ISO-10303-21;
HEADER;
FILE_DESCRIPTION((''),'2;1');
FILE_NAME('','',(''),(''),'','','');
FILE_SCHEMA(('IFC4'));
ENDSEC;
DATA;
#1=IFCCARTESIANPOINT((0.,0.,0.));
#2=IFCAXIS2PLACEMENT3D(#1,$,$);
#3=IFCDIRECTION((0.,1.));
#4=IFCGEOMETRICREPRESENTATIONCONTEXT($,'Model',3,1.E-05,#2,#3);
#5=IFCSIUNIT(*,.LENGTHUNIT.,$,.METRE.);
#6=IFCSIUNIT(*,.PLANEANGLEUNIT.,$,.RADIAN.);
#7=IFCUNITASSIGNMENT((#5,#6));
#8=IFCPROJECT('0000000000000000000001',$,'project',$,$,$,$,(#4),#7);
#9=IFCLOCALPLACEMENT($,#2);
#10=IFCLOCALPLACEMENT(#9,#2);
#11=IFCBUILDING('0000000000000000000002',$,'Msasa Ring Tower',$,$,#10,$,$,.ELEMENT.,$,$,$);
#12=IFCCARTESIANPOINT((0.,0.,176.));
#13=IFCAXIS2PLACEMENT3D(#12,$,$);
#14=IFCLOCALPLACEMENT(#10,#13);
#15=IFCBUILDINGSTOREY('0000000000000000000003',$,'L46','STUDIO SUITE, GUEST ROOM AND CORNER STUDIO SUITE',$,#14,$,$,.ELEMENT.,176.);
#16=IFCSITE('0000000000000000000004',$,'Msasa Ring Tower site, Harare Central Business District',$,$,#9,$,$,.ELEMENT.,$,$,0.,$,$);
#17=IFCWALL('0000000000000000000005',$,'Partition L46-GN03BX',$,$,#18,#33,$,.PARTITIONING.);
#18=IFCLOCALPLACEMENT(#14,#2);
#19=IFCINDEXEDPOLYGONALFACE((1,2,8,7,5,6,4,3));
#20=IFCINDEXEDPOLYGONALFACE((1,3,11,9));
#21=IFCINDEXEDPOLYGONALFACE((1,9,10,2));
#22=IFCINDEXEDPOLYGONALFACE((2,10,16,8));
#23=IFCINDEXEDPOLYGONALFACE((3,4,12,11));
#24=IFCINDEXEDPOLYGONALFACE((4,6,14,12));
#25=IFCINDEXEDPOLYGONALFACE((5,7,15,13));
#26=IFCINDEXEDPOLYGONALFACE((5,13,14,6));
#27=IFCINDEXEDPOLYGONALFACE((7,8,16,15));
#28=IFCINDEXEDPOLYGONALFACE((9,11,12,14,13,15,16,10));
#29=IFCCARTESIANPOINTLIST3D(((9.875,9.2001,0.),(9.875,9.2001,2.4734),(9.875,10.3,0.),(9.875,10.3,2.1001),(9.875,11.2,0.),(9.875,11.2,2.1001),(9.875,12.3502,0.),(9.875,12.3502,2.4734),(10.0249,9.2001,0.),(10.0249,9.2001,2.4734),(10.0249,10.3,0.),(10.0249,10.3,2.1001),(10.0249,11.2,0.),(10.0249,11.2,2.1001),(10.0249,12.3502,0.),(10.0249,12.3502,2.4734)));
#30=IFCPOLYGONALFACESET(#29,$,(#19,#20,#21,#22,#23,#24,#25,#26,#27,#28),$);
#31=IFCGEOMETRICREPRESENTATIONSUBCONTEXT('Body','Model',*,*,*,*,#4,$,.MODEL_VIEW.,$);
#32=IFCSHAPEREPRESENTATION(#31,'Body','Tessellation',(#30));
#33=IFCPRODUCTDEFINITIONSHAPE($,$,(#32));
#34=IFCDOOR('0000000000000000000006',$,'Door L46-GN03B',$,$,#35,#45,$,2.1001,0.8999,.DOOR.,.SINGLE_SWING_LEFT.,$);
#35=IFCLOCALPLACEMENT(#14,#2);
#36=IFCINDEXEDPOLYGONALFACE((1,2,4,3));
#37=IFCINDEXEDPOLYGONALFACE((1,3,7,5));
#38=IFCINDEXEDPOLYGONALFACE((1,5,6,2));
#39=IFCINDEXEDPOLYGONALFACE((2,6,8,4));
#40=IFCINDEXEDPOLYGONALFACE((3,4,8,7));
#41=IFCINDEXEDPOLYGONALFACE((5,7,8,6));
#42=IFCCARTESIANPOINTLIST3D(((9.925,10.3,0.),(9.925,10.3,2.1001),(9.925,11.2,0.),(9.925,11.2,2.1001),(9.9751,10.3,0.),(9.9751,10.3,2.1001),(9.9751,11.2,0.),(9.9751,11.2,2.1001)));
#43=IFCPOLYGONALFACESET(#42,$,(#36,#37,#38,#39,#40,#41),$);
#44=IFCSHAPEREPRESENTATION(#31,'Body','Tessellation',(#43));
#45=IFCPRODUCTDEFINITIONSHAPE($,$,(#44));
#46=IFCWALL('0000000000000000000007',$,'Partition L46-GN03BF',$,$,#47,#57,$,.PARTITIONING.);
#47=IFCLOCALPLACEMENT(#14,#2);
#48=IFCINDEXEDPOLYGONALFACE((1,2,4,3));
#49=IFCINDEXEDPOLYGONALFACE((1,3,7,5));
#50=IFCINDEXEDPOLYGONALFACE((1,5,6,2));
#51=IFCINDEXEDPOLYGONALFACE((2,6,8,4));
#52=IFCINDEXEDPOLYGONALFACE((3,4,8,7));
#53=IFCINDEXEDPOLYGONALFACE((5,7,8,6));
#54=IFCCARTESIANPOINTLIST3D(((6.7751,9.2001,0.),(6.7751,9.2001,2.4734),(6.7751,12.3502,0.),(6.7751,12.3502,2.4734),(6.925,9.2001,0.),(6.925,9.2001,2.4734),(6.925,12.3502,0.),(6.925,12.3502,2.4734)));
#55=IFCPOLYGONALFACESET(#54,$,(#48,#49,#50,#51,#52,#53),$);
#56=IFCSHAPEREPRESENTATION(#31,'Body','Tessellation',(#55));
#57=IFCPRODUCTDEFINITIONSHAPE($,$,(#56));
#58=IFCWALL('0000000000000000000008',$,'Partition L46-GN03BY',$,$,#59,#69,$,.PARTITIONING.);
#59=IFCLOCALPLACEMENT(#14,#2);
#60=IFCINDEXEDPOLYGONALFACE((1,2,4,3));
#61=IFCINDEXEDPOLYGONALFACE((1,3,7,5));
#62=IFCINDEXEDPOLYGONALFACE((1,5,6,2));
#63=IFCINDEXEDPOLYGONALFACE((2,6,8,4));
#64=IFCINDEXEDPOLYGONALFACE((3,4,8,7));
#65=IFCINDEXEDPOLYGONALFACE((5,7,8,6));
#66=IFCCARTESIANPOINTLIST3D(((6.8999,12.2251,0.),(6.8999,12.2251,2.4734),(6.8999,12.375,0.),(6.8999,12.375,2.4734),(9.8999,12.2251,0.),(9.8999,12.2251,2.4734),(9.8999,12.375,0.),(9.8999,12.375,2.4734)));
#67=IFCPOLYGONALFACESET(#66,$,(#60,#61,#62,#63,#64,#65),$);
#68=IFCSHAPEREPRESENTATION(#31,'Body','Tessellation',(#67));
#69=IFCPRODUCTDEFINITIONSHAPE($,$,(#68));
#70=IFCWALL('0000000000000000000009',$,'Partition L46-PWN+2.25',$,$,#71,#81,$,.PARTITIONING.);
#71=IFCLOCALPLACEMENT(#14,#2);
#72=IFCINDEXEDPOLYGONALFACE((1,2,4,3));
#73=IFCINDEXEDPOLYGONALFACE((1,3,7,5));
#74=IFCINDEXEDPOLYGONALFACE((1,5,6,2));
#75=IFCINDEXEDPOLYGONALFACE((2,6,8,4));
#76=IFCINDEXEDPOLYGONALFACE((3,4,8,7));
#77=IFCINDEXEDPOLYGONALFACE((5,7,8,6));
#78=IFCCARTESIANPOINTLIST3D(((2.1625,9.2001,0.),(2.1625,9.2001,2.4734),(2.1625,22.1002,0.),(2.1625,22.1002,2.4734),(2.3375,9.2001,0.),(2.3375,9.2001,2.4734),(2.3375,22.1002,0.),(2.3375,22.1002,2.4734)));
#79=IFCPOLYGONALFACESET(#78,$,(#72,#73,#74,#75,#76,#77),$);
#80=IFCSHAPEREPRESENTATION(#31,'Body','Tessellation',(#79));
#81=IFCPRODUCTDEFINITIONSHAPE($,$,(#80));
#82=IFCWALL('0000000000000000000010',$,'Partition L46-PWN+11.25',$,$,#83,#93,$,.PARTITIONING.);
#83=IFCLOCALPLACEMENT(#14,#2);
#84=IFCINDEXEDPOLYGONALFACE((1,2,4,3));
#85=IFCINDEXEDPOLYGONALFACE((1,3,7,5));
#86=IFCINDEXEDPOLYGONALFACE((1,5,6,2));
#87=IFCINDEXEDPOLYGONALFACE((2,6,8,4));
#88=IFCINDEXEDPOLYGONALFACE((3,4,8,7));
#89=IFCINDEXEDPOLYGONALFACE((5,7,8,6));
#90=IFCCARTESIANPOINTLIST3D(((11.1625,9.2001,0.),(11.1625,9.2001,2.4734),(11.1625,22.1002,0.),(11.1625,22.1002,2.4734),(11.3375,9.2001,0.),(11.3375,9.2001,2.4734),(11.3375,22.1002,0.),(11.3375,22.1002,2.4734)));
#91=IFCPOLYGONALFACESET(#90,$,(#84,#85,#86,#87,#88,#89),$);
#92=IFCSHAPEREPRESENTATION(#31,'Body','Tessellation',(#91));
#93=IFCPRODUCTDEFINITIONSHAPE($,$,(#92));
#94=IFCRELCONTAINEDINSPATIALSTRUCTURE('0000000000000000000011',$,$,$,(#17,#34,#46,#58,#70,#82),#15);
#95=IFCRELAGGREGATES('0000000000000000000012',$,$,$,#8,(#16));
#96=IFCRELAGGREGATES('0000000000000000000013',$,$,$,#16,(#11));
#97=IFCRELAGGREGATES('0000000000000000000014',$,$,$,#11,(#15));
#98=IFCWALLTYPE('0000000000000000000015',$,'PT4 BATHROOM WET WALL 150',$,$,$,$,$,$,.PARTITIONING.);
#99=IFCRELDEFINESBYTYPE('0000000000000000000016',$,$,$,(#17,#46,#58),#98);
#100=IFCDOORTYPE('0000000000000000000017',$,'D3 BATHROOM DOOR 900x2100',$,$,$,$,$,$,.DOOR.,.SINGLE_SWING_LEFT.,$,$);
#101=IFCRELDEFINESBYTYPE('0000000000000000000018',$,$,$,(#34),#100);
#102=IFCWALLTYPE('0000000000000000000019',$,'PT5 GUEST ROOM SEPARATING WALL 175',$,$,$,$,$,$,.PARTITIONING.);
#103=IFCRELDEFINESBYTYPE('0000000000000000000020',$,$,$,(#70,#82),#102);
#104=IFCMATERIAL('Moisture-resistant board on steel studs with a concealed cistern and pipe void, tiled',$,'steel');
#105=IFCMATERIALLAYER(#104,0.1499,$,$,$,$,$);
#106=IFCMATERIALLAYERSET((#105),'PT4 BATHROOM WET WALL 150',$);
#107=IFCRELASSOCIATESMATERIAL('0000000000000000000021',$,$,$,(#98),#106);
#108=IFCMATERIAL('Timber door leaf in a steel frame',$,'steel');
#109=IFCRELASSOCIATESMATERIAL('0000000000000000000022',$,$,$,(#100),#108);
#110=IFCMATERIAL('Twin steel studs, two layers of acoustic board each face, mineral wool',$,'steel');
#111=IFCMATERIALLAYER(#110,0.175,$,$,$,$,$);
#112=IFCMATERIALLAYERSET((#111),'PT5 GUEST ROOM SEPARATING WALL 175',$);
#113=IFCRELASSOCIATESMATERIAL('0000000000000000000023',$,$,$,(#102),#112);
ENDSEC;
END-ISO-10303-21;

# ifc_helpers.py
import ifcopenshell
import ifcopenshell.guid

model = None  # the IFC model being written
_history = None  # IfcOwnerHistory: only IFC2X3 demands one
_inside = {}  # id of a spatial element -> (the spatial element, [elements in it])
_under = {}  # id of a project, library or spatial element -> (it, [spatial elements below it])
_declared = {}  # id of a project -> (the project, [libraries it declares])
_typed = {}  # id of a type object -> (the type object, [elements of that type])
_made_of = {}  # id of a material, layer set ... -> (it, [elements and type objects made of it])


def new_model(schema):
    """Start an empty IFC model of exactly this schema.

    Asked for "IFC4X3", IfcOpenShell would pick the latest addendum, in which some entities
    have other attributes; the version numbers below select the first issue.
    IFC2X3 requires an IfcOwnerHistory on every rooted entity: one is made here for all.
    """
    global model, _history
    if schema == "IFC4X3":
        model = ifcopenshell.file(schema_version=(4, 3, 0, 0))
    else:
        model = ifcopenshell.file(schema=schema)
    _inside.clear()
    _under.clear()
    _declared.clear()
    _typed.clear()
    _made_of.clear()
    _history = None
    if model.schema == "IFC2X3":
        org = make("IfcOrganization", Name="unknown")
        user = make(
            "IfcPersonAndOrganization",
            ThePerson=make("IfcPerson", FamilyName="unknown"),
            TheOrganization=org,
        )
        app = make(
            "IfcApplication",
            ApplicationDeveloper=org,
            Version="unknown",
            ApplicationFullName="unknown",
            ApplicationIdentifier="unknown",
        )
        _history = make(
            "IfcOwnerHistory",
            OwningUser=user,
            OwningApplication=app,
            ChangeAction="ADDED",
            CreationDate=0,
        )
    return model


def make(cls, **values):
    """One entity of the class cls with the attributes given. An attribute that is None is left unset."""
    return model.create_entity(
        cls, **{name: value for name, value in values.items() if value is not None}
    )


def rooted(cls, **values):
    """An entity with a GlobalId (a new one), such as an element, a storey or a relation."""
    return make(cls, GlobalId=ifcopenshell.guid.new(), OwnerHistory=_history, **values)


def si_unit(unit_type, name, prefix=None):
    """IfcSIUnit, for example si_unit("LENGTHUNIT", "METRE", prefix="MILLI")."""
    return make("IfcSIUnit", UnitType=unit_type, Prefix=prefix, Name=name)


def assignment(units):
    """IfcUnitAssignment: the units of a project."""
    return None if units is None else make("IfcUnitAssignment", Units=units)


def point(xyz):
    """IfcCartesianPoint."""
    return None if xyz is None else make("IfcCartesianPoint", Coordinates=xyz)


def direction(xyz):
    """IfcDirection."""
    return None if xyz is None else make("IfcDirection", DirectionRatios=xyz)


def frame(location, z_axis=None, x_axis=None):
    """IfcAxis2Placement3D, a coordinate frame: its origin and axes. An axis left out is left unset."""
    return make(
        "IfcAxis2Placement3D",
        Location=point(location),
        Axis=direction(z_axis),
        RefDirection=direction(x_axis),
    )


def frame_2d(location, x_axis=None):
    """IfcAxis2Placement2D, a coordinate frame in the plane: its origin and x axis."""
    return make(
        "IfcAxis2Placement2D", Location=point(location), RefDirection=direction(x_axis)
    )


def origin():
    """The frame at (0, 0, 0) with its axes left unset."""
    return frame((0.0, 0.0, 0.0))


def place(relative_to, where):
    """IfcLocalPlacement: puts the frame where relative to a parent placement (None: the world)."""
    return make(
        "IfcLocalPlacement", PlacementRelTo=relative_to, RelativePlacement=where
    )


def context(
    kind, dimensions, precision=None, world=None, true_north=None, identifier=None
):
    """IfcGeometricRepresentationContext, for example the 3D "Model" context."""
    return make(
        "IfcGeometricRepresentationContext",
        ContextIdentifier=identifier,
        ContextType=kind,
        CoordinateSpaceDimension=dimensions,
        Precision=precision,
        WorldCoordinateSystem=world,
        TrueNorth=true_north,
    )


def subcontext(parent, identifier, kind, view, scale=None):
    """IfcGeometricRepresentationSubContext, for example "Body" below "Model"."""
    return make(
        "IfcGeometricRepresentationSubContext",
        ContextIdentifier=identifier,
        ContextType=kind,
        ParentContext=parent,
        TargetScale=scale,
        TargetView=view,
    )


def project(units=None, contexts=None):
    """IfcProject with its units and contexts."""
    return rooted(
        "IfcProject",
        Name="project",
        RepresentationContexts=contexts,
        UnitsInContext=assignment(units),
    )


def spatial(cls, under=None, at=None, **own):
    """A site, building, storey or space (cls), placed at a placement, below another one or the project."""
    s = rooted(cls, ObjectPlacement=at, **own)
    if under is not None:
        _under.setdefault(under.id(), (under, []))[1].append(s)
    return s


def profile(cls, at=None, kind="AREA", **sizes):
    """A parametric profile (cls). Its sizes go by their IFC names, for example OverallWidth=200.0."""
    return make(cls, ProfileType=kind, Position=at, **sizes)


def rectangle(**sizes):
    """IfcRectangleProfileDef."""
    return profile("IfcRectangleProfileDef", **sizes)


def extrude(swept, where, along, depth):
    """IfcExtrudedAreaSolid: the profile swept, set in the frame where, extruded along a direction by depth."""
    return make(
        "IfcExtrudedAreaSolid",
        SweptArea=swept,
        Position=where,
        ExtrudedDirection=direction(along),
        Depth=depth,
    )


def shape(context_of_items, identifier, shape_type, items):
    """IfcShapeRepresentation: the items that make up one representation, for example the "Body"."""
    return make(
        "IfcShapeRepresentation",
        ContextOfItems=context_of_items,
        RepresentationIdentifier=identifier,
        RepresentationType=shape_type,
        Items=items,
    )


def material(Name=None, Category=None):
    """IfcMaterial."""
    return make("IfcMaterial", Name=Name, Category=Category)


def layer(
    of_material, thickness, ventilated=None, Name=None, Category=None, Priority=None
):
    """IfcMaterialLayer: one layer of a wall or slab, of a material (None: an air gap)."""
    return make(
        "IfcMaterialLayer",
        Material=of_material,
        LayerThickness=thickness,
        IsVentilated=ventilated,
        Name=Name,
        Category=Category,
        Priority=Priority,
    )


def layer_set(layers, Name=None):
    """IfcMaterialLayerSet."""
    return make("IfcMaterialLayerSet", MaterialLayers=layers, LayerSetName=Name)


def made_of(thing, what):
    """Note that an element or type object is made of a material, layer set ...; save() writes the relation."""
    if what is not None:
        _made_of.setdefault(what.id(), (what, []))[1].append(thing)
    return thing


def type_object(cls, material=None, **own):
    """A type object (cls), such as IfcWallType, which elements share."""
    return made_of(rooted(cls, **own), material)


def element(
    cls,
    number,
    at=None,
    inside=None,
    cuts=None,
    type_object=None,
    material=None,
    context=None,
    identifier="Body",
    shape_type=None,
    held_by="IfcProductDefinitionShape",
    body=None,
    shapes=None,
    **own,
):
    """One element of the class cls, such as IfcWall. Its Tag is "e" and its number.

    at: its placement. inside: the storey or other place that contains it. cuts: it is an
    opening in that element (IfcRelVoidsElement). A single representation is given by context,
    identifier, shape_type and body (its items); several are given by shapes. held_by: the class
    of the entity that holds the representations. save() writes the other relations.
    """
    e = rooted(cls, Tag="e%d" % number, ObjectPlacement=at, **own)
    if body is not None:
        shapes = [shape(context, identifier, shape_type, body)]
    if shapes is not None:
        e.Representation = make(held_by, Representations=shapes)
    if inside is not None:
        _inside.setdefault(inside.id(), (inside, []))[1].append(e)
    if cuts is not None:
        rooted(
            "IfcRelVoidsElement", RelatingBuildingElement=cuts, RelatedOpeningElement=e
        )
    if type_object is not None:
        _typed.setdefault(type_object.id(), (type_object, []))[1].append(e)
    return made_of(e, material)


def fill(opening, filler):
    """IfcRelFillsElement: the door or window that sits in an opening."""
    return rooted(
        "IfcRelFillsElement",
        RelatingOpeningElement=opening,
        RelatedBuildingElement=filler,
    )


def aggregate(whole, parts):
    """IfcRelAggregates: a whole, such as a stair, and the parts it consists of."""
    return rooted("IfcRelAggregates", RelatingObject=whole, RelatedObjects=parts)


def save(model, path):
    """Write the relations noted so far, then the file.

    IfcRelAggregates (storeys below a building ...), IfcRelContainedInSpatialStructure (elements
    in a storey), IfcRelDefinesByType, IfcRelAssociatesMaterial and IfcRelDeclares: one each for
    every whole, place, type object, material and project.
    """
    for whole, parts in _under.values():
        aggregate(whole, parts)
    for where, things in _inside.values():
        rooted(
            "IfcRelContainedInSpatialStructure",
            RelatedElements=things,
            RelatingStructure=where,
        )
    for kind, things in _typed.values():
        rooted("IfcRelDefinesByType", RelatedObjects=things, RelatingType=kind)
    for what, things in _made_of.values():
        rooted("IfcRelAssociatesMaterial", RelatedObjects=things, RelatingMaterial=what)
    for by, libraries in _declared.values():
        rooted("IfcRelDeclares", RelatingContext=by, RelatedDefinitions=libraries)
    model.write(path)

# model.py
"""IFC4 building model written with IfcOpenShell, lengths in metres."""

from ifc_helpers import new_model, si_unit, direction, frame, frame_2d, origin, place, context, subcontext, project, spatial, rectangle, extrude, material, layer, layer_set, type_object, element, fill, save


model = new_model("IFC4")

# Units and contexts
model_context = context("Model", 3, precision=1e-05, world=origin(), true_north=direction((0.0, 1.0)))
body_context = subcontext(model_context, "Body", "Model", "MODEL_VIEW")
ifc_project = project(units=[si_unit("LENGTHUNIT", "METRE"), si_unit("PLANEANGLEUNIT", "RADIAN")], contexts=[model_context])

# Site, building, storey
site_placement = place(None, origin())
site = spatial("IfcSite", under=ifc_project, at=site_placement, Name="Msasa Ring Tower site, Harare Central Business District", CompositionType="ELEMENT", RefElevation=0.0)
building_placement = place(site_placement, origin())
building = spatial("IfcBuilding", under=site, at=building_placement, Name="Msasa Ring Tower", CompositionType="ELEMENT")
storey_placement = place(building_placement, frame((0.0, 0.0, 176.0)))
storey = spatial("IfcBuildingStorey", under=building, at=storey_placement, Name="L46", Description="STUDIO SUITE, GUEST ROOM AND CORNER STUDIO SUITE", CompositionType="ELEMENT", Elevation=176.0)

# Wall, opening, door
ifc_material_1 = material(Name="Moisture-resistant board on steel studs with a concealed cistern and pipe void, tiled", Category="steel")
ifc_layer_1 = layer(ifc_material_1, 0.1499)
ifc_layer_set_1 = layer_set([ifc_layer_1], Name="PT4 BATHROOM WET WALL 150")
wall_type_1 = type_object("IfcWallType", Name="PT4 BATHROOM WET WALL 150", PredefinedType="PARTITIONING", material=ifc_layer_set_1)
wall_1_placement = place(storey_placement, frame((9.95, 9.2, 0.0), z_axis=(0.0, 0.0, 1.0), x_axis=(0.0, 1.0, 0.0)))
wall_1 = element("IfcWall", 1, at=wall_1_placement, inside=storey, type_object=wall_type_1, Name="Partition L46-GN03BX", PredefinedType="PARTITIONING", context=body_context, shape_type="SweptSolid", body=[
    extrude(rectangle(XDim=3.1501, YDim=0.1499, at=frame_2d((1.5752, 0.0))), origin(), (0.0, 0.0, 1.0), 2.4734),
])
opening_1_placement = place(wall_1_placement, frame((1.1001, 0.0, 0.0)))
opening_1 = element("IfcOpeningElement", 2, at=opening_1_placement, cuts=wall_1, PredefinedType="OPENING", context=body_context, shape_type="SweptSolid", body=[
    extrude(rectangle(XDim=0.8999, YDim=2.1001, at=frame_2d((0.45, 1.05))), frame((0.0, 0.085, 0.0), z_axis=(0.0, -1.0, 0.0), x_axis=(1.0, 0.0, 0.0)), (0.0, 0.0, 1.0), 0.1699),
])
ifc_material_2 = material(Name="Timber door leaf in a steel frame", Category="steel")
door_type = type_object("IfcDoorType", Name="D3 BATHROOM DOOR 900x2100", OperationType="SINGLE_SWING_LEFT", PredefinedType="DOOR", material=ifc_material_2)
door_placement = place(opening_1_placement, origin())
door = element("IfcDoor", 3, at=door_placement, inside=storey, type_object=door_type, Name="Door L46-GN03B", OperationType="SINGLE_SWING_LEFT", OverallHeight=2.1001, OverallWidth=0.8999, PredefinedType="DOOR", context=body_context, shape_type="SweptSolid", body=[
    extrude(rectangle(XDim=0.8999, YDim=2.1001, at=frame_2d((0.45, 1.05))), frame((0.0, 0.0249, 0.0), z_axis=(0.0, -1.0, 0.0), x_axis=(1.0, 0.0, 0.0)), (0.0, 0.0, 1.0), 0.05),
])
fill(opening_1, door)

# Walls
wall_2_placement = place(storey_placement, frame((6.8501, 9.2, 0.0), z_axis=(0.0, 0.0, 1.0), x_axis=(0.0, 1.0, 0.0)))
element("IfcWall", 4, at=wall_2_placement, inside=storey, type_object=wall_type_1, Name="Partition L46-GN03BF", PredefinedType="PARTITIONING", context=body_context, shape_type="SweptSolid", body=[
    extrude(rectangle(XDim=3.1501, YDim=0.1499, at=frame_2d((1.5752, 0.0))), origin(), (0.0, 0.0, 1.0), 2.4734),
])
wall_3_placement = place(storey_placement, frame((6.8999, 12.3, 0.0), z_axis=(0.0, 0.0, 1.0), x_axis=(1.0, 0.0, 0.0)))
element("IfcWall", 5, at=wall_3_placement, inside=storey, type_object=wall_type_1, Name="Partition L46-GN03BY", PredefinedType="PARTITIONING", context=body_context, shape_type="SweptSolid", body=[
    extrude(rectangle(XDim=3.0, YDim=0.1499, at=frame_2d((1.5, 0.0))), origin(), (0.0, 0.0, 1.0), 2.4734),
])
ifc_material_3 = material(Name="Twin steel studs, two layers of acoustic board each face, mineral wool", Category="steel")
ifc_layer_2 = layer(ifc_material_3, 0.175)
ifc_layer_set_2 = layer_set([ifc_layer_2], Name="PT5 GUEST ROOM SEPARATING WALL 175")
wall_type_2 = type_object("IfcWallType", Name="PT5 GUEST ROOM SEPARATING WALL 175", PredefinedType="PARTITIONING", material=ifc_layer_set_2)
for number, where, z_axis, x_axis, name in (
    (6, (2.25, 9.2, 0.0), (0.0, 0.0, 1.0), (0.0, 1.0, 0.0), "Partition L46-PWN+2.25"),
    (7, (11.25, 9.2, 0.0), (0.0, 0.0, 1.0), (0.0, 1.0, 0.0), "Partition L46-PWN+11.25"),
):
    element("IfcWall", number, at=place(storey_placement, frame(where, z_axis=z_axis, x_axis=x_axis)), inside=storey, type_object=wall_type_2, Name=name, PredefinedType="PARTITIONING", context=body_context, shape_type="SweptSolid", body=[
        extrude(rectangle(XDim=12.9001, YDim=0.175, at=frame_2d((6.4502, 0.0))), origin(), (0.0, 0.0, 1.0), 2.4734),
    ])

save(model, "model.ifc")
